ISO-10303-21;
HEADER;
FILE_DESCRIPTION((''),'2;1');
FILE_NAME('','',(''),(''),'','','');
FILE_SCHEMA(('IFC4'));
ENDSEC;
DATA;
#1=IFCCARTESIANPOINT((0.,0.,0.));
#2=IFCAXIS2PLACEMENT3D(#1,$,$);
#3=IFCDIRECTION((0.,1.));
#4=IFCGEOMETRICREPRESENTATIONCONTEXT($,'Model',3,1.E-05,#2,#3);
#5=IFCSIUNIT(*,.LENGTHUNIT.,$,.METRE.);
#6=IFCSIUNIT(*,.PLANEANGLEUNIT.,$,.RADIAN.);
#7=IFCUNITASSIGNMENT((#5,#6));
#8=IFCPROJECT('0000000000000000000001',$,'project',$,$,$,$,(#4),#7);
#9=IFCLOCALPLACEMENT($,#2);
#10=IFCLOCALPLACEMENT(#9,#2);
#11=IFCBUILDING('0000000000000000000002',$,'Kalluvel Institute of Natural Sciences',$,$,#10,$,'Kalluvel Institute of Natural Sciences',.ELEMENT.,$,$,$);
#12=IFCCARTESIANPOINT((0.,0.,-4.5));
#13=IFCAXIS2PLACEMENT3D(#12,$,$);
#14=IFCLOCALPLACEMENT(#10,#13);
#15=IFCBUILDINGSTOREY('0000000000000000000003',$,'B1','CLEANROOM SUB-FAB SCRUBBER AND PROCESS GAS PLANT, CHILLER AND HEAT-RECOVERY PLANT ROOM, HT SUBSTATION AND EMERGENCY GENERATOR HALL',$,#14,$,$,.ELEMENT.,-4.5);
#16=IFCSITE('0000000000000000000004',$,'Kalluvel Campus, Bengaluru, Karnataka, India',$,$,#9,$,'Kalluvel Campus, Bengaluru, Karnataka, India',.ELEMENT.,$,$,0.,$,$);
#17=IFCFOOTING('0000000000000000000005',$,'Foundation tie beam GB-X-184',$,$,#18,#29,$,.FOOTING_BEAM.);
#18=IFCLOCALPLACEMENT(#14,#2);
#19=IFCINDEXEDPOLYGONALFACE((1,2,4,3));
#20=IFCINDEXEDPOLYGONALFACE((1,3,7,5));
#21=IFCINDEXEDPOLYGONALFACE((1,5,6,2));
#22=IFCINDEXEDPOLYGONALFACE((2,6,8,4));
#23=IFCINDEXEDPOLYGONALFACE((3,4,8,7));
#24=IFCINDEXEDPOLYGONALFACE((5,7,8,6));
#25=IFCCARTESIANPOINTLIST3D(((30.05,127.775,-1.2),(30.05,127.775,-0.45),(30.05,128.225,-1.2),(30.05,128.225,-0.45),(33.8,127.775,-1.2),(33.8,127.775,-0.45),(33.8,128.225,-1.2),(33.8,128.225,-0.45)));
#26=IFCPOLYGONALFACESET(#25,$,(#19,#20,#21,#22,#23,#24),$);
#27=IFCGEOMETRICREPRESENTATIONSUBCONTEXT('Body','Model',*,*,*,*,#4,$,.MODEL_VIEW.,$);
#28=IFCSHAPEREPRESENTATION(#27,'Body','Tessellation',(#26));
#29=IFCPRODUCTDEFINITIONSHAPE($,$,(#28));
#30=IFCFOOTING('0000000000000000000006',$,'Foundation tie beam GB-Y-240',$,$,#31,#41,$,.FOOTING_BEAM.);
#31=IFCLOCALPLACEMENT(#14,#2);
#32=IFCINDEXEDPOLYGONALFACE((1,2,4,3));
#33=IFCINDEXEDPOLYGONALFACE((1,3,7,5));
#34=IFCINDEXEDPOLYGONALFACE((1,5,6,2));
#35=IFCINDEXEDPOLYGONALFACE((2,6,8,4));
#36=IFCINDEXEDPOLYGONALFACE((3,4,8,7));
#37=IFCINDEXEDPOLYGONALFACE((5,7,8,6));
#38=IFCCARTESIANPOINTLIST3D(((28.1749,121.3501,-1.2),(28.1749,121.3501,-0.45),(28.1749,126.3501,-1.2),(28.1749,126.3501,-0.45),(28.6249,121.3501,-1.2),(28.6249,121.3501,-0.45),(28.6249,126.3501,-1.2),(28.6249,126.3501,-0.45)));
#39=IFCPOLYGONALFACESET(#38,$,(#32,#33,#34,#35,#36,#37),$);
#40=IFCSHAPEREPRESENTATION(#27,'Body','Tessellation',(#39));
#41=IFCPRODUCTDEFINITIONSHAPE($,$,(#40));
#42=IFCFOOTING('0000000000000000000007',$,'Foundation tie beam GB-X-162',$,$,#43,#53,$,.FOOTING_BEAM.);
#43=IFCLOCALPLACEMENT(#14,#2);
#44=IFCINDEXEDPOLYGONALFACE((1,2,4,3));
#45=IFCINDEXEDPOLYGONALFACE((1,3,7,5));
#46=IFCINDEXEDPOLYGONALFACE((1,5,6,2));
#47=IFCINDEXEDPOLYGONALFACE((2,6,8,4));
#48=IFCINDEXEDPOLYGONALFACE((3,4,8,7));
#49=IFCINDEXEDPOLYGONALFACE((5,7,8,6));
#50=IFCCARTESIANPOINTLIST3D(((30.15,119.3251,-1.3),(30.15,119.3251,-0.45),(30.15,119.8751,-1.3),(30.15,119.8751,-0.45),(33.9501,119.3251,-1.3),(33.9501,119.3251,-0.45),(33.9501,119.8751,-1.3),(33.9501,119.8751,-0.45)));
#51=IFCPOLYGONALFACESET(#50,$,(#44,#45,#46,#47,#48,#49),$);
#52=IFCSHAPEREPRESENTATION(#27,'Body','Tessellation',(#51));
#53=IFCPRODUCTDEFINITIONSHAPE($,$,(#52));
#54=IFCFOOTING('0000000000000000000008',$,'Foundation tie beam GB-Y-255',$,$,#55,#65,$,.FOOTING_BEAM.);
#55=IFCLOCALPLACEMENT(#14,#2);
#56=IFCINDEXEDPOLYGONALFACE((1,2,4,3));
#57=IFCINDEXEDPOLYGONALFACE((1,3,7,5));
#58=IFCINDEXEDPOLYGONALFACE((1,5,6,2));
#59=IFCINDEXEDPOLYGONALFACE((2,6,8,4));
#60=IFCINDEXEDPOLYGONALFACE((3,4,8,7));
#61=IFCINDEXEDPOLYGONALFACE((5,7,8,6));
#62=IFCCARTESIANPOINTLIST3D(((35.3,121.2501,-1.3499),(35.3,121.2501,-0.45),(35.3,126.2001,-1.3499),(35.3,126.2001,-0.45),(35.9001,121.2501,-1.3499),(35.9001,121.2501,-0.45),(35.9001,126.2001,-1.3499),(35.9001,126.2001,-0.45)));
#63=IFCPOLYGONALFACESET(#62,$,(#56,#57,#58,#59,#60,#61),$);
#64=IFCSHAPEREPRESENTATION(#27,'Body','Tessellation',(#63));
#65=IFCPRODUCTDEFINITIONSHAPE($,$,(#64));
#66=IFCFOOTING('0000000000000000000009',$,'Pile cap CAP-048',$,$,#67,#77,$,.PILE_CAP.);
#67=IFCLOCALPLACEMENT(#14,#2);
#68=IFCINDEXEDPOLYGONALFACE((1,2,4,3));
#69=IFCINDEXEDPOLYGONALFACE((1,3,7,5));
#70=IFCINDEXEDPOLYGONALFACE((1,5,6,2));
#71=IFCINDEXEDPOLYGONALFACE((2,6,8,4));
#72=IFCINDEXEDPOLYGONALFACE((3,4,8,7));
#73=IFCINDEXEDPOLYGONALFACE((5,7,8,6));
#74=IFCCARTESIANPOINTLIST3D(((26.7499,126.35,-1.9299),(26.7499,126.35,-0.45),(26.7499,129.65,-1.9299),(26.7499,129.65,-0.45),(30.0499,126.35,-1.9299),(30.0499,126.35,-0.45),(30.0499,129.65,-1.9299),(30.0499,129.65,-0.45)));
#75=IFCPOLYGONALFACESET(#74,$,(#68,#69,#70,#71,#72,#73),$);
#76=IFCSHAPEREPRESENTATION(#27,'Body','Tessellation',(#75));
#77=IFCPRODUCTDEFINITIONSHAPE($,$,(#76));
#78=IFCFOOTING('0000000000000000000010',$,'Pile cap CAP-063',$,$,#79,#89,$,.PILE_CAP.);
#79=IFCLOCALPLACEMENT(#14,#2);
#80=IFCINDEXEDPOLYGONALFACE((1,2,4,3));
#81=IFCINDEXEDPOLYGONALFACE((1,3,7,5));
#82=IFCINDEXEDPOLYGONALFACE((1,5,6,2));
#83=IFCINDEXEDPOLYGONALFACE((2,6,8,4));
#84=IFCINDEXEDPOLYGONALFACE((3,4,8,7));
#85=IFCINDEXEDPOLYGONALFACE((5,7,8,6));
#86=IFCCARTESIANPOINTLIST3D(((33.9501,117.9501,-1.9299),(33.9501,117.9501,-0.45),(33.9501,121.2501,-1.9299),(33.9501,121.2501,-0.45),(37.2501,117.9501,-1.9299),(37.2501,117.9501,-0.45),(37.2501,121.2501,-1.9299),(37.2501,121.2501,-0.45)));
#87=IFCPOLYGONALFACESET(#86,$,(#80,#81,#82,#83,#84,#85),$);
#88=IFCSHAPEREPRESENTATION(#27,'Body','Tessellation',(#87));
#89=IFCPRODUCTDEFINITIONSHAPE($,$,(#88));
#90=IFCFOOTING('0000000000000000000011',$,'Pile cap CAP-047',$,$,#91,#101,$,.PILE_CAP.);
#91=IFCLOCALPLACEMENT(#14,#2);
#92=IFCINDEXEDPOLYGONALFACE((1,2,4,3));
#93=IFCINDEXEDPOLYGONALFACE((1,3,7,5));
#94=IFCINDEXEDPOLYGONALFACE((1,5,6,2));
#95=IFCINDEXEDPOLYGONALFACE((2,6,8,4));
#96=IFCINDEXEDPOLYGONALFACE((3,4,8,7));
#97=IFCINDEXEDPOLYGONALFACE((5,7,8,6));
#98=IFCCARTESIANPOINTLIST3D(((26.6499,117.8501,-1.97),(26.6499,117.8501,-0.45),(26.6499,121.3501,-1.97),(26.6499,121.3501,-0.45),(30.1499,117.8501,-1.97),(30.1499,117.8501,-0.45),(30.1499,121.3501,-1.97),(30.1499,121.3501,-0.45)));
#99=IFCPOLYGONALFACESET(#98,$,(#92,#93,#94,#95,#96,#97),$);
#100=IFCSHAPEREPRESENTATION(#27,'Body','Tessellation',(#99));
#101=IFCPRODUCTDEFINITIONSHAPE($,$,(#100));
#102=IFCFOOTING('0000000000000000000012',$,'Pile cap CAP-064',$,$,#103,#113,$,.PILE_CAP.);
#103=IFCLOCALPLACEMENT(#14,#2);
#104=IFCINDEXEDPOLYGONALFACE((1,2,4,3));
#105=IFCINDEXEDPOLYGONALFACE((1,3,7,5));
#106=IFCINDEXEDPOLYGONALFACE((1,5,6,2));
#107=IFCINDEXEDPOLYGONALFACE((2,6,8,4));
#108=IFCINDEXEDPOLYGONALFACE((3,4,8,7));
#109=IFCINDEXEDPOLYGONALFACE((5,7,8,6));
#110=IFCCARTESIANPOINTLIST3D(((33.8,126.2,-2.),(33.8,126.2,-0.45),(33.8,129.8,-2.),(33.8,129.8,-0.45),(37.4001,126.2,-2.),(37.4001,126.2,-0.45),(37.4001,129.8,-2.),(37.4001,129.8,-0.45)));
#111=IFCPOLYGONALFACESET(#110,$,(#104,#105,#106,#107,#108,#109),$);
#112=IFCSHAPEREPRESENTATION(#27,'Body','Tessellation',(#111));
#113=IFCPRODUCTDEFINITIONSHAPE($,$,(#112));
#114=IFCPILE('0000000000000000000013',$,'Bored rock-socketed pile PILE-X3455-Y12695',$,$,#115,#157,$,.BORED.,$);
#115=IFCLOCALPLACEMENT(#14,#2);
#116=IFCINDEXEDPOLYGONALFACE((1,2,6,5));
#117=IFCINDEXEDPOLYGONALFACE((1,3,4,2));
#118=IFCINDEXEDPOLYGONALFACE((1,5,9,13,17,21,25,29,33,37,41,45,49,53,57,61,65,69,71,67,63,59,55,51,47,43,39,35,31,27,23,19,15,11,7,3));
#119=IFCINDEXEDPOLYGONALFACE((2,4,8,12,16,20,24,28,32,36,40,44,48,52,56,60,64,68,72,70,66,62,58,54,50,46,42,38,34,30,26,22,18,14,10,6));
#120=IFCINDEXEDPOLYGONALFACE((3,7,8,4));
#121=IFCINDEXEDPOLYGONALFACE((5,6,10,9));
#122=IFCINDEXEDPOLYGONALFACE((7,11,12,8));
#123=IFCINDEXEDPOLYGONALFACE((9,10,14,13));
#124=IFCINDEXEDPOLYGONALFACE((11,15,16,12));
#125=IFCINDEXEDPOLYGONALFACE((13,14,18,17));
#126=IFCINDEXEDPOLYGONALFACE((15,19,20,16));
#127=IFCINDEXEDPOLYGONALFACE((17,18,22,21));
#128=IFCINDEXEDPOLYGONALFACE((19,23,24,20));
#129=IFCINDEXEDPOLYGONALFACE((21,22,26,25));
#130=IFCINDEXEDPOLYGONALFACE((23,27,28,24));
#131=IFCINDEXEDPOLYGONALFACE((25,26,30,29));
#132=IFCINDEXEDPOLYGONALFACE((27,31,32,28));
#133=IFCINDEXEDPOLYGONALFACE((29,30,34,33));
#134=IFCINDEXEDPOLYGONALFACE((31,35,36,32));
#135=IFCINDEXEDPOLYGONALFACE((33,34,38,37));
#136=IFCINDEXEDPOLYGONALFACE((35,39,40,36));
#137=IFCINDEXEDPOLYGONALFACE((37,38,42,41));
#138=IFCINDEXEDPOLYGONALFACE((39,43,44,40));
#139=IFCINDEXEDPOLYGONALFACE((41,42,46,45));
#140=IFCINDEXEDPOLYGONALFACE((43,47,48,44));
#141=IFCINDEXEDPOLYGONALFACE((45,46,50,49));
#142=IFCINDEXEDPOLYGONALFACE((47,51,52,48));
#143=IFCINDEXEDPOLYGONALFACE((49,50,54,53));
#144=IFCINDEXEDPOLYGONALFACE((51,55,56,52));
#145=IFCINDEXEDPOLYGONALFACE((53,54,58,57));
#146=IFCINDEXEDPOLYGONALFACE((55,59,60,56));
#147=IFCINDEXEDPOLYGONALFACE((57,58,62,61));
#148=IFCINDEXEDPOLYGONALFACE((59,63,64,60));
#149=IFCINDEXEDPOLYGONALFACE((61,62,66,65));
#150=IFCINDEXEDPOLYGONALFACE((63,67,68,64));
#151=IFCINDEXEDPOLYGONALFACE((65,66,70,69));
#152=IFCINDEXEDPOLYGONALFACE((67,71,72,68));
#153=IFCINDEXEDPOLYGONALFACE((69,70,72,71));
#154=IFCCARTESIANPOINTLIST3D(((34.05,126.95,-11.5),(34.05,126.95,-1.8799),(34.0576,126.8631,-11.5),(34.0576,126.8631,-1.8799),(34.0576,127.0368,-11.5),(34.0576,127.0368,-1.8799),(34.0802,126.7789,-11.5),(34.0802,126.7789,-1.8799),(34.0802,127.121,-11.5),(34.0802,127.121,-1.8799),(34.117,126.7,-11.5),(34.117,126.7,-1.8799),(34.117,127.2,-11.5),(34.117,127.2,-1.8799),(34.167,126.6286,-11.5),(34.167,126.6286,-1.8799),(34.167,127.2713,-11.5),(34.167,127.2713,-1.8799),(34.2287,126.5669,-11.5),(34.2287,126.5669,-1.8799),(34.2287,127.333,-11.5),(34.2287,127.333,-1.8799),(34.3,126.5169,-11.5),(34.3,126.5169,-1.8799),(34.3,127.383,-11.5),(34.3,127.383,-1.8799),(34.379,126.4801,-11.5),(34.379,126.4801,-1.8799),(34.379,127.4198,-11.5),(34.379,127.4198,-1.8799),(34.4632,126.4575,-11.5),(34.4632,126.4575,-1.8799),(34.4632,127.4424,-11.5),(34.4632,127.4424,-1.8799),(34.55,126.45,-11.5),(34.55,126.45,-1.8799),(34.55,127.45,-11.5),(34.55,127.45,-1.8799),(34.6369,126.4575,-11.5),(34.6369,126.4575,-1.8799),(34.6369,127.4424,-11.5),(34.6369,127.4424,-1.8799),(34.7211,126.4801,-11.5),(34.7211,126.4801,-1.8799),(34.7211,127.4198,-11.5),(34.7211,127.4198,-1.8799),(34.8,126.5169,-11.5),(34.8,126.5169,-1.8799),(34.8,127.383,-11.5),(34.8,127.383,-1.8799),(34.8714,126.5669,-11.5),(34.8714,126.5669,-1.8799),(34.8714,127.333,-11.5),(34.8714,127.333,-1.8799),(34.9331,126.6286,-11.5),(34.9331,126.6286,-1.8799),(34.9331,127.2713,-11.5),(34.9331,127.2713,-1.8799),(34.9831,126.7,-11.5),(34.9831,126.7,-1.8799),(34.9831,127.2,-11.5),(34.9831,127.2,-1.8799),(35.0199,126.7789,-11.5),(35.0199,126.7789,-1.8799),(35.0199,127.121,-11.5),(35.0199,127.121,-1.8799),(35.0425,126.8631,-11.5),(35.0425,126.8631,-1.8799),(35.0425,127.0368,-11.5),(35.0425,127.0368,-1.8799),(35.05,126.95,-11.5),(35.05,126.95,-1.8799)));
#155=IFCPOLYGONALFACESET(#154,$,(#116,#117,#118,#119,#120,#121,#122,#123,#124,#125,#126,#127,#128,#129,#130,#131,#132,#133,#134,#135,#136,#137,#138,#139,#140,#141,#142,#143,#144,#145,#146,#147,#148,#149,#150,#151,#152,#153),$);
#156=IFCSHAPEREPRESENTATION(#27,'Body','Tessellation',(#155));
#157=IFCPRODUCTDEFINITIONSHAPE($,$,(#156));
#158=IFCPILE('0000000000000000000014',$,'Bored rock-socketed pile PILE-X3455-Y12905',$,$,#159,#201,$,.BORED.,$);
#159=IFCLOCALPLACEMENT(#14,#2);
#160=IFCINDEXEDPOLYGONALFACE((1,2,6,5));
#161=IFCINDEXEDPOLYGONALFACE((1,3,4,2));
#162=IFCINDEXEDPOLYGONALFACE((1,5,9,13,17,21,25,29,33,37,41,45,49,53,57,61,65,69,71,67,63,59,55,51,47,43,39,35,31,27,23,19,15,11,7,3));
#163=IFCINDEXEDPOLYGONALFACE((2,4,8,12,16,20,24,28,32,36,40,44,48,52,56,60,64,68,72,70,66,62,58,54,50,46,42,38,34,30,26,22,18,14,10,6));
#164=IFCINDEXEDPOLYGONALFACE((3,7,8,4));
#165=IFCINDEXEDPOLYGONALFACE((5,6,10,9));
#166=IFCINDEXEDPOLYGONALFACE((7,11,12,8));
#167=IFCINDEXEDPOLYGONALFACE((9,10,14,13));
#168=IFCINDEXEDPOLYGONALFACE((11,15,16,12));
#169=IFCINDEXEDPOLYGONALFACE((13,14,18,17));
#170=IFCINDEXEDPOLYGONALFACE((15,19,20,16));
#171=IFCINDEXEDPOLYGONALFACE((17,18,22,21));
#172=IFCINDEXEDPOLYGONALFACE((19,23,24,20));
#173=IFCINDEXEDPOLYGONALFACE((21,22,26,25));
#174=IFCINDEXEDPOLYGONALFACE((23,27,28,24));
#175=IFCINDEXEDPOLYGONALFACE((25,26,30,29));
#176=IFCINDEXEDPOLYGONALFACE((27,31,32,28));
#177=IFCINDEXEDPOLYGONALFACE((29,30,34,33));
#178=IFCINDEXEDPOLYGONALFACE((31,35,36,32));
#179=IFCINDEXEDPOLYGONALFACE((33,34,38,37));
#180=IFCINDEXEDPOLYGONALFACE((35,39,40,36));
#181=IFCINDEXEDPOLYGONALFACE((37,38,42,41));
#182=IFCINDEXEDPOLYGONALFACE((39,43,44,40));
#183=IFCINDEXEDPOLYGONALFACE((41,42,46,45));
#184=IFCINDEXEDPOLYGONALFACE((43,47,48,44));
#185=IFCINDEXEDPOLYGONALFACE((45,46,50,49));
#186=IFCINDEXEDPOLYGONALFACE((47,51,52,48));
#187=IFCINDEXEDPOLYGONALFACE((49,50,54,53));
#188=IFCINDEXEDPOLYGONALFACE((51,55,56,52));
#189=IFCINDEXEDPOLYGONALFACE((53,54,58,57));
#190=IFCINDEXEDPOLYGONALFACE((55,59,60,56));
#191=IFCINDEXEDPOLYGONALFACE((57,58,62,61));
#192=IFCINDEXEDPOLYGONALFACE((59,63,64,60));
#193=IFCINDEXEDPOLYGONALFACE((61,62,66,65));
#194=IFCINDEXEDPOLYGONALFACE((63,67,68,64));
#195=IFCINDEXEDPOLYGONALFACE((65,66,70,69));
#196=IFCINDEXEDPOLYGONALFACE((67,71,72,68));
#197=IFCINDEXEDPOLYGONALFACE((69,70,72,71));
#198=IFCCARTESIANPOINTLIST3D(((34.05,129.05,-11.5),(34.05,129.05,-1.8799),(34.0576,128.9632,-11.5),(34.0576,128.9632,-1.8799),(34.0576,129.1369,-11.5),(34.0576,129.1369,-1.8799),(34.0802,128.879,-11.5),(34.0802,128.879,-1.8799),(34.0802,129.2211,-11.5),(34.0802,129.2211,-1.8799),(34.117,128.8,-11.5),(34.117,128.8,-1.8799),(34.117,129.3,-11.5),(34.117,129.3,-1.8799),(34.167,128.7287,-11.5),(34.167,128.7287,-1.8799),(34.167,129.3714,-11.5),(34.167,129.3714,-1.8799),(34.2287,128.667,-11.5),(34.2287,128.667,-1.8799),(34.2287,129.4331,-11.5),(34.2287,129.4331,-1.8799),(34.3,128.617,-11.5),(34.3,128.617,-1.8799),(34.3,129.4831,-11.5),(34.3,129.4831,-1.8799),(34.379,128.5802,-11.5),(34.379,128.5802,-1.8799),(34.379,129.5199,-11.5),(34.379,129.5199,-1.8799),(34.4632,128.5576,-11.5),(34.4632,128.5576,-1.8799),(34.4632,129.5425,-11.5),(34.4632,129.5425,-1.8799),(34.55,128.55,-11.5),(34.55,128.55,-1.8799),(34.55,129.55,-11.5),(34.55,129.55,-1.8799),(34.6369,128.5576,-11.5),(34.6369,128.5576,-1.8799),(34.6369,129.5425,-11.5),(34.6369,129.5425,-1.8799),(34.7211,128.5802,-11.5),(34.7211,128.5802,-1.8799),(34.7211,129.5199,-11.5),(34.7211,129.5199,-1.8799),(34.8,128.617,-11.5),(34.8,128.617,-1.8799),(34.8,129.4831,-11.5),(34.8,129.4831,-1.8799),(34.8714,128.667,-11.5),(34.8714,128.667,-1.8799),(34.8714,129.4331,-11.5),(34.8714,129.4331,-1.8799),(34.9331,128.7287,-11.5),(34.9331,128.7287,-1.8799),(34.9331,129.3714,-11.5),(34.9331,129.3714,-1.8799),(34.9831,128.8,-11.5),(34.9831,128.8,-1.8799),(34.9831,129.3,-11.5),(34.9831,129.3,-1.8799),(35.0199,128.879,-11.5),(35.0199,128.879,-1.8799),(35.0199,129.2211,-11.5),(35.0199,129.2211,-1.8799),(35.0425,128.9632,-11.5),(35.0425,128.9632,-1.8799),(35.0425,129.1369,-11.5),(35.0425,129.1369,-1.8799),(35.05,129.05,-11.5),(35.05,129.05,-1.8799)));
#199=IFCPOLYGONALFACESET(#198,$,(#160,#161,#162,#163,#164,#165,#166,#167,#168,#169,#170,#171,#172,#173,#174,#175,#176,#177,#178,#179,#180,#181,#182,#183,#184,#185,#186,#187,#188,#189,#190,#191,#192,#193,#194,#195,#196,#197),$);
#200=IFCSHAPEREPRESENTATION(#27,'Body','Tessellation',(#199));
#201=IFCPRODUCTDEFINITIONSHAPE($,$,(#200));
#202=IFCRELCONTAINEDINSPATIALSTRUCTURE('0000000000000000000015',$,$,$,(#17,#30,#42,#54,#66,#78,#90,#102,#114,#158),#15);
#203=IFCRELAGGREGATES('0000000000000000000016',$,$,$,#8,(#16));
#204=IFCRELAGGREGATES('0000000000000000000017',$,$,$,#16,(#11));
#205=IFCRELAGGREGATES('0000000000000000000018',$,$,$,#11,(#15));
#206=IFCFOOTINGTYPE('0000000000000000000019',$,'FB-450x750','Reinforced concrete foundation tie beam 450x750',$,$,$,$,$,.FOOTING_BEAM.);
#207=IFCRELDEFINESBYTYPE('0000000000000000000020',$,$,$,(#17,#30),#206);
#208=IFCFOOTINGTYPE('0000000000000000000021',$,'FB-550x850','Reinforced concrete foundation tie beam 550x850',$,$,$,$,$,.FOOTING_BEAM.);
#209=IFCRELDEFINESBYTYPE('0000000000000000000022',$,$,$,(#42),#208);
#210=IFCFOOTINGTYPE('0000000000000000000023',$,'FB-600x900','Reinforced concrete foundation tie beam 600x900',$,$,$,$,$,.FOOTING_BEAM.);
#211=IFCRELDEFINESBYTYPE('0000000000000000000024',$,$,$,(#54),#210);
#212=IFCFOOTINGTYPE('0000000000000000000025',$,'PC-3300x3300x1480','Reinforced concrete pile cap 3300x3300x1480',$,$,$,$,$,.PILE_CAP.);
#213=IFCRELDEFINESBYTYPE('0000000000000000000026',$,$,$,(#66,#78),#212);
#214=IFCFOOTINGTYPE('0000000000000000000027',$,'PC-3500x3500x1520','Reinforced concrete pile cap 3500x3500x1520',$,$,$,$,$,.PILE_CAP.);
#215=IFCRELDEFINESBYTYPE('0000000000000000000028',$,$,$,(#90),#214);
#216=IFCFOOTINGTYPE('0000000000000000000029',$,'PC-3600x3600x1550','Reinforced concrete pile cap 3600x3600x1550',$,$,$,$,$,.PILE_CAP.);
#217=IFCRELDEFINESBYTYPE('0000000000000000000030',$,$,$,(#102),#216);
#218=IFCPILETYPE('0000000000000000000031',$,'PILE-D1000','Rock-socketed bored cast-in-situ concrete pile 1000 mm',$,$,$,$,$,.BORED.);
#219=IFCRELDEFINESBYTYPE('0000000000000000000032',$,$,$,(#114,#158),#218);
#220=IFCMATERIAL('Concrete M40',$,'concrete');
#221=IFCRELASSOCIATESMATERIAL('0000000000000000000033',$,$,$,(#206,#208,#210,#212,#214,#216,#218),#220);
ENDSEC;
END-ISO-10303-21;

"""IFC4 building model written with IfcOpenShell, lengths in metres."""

from ifc_helpers import new_model, si_unit, direction, frame, origin, origin_2d, place, context, subcontext, project, spatial, rectangle, circle, extrude, material, material_profile, profile_set, type_object, element, save


model = new_model("IFC4")

# Units and contexts
model_context = context("Model", 3, precision=1e-05, world=origin(), true_north=direction((0.0, 1.0)))
body_context = subcontext(model_context, "Body", "Model", "MODEL_VIEW")
ifc_project = project(units=[si_unit("LENGTHUNIT", "METRE"), si_unit("PLANEANGLEUNIT", "RADIAN")], contexts=[model_context])

# Site, building, storey
site_placement = place(None, origin())
site = spatial("IfcSite", under=ifc_project, at=site_placement, Name="Kalluvel Campus, Bengaluru, Karnataka, India", LongName="Kalluvel Campus, Bengaluru, Karnataka, India", CompositionType="ELEMENT", RefElevation=0.0)
building_placement = place(site_placement, origin())
building = spatial("IfcBuilding", under=site, at=building_placement, Name="Kalluvel Institute of Natural Sciences", LongName="Kalluvel Institute of Natural Sciences", CompositionType="ELEMENT")
storey_placement = place(building_placement, frame((0.0, 0.0, -4.5)))
storey = spatial("IfcBuildingStorey", under=building, at=storey_placement, Name="B1", Description="CLEANROOM SUB-FAB SCRUBBER AND PROCESS GAS PLANT, CHILLER AND HEAT-RECOVERY PLANT ROOM, HT SUBSTATION AND EMERGENCY GENERATOR HALL", CompositionType="ELEMENT", Elevation=-4.5)

# Footings
ifc_material_1 = material(Name="Concrete M40", Category="concrete")
footing_type_1 = type_object("IfcFootingType", Name="FB-450x750", Description="Reinforced concrete foundation tie beam 450x750", PredefinedType="FOOTING_BEAM", material=ifc_material_1)
footing_1_placement = place(storey_placement, frame((31.925, 128.0, -1.2), z_axis=(0.0, 0.0, 1.0), x_axis=(1.0, 0.0, 0.0)))
element("IfcFooting", 1, at=footing_1_placement, inside=storey, type_object=footing_type_1, Name="Foundation tie beam GB-X-184", PredefinedType="FOOTING_BEAM", context=body_context, shape_type="SweptSolid", body=[
    extrude(rectangle(XDim=3.75, YDim=0.45, at=origin_2d()), origin(), (0.0, 0.0, 1.0), 0.75),
])
footing_2_placement = place(storey_placement, frame((28.3999, 123.8501, -1.2), z_axis=(0.0, 0.0, 1.0), x_axis=(1.0, 0.0, 0.0)))
element("IfcFooting", 2, at=footing_2_placement, inside=storey, type_object=footing_type_1, Name="Foundation tie beam GB-Y-240", PredefinedType="FOOTING_BEAM", context=body_context, shape_type="SweptSolid", body=[
    extrude(rectangle(XDim=0.45, YDim=5.0, at=origin_2d()), origin(), (0.0, 0.0, 1.0), 0.75),
])
footing_type_2 = type_object("IfcFootingType", Name="FB-550x850", Description="Reinforced concrete foundation tie beam 550x850", PredefinedType="FOOTING_BEAM", material=ifc_material_1)
footing_3_placement = place(storey_placement, frame((32.05, 119.6001, -1.3), z_axis=(0.0, 0.0, 1.0), x_axis=(1.0, 0.0, 0.0)))
element("IfcFooting", 3, at=footing_3_placement, inside=storey, type_object=footing_type_2, Name="Foundation tie beam GB-X-162", PredefinedType="FOOTING_BEAM", context=body_context, shape_type="SweptSolid", body=[
    extrude(rectangle(XDim=3.8, YDim=0.55, at=origin_2d()), origin(), (0.0, 0.0, 1.0), 0.8501),
])
footing_type_3 = type_object("IfcFootingType", Name="FB-600x900", Description="Reinforced concrete foundation tie beam 600x900", PredefinedType="FOOTING_BEAM", material=ifc_material_1)
footing_4_placement = place(storey_placement, frame((35.6001, 123.7251, -1.3499), z_axis=(0.0, 0.0, 1.0), x_axis=(1.0, 0.0, 0.0)))
element("IfcFooting", 4, at=footing_4_placement, inside=storey, type_object=footing_type_3, Name="Foundation tie beam GB-Y-255", PredefinedType="FOOTING_BEAM", context=body_context, shape_type="SweptSolid", body=[
    extrude(rectangle(XDim=0.6001, YDim=4.95, at=origin_2d()), origin(), (0.0, 0.0, 1.0), 0.8999),
])
footing_type_4 = type_object("IfcFootingType", Name="PC-3300x3300x1480", Description="Reinforced concrete pile cap 3300x3300x1480", PredefinedType="PILE_CAP", material=ifc_material_1)
for number, where, z_axis, x_axis, name in (
    (5, (28.3999, 128.0, -1.9299), (0.0, 0.0, 1.0), (1.0, 0.0, 0.0), "Pile cap CAP-048"),
    (6, (35.6001, 119.6001, -1.9299), (0.0, 0.0, 1.0), (1.0, 0.0, 0.0), "Pile cap CAP-063"),
):
    element("IfcFooting", number, at=place(storey_placement, frame(where, z_axis=z_axis, x_axis=x_axis)), inside=storey, type_object=footing_type_4, Name=name, PredefinedType="PILE_CAP", context=body_context, shape_type="SweptSolid", body=[
        extrude(rectangle(XDim=3.3, YDim=3.3, at=origin_2d()), origin(), (0.0, 0.0, 1.0), 1.48),
    ])
footing_type_5 = type_object("IfcFootingType", Name="PC-3500x3500x1520", Description="Reinforced concrete pile cap 3500x3500x1520", PredefinedType="PILE_CAP", material=ifc_material_1)
footing_5_placement = place(storey_placement, frame((28.3999, 119.6001, -1.97), z_axis=(0.0, 0.0, 1.0), x_axis=(1.0, 0.0, 0.0)))
element("IfcFooting", 7, at=footing_5_placement, inside=storey, type_object=footing_type_5, Name="Pile cap CAP-047", PredefinedType="PILE_CAP", context=body_context, shape_type="SweptSolid", body=[
    extrude(rectangle(XDim=3.5, YDim=3.5, at=origin_2d()), origin(), (0.0, 0.0, 1.0), 1.52),
])
footing_type_6 = type_object("IfcFootingType", Name="PC-3600x3600x1550", Description="Reinforced concrete pile cap 3600x3600x1550", PredefinedType="PILE_CAP", material=ifc_material_1)
footing_6_placement = place(storey_placement, frame((35.6001, 128.0, -2.0), z_axis=(0.0, 0.0, 1.0), x_axis=(1.0, 0.0, 0.0)))
element("IfcFooting", 8, at=footing_6_placement, inside=storey, type_object=footing_type_6, Name="Pile cap CAP-064", PredefinedType="PILE_CAP", context=body_context, shape_type="SweptSolid", body=[
    extrude(rectangle(XDim=3.6001, YDim=3.6001, at=origin_2d()), origin(), (0.0, 0.0, 1.0), 1.55),
])

# Piles
ifc_material_profile_1 = material_profile(ifc_material_1, circle(Radius=0.5, at=origin_2d()), Name="PILE D1000")
ifc_profile_set_1 = profile_set([ifc_material_profile_1], Name="Concrete M40")
pile_type_1 = type_object("IfcPileType", Name="PILE-D1000", Description="Rock-socketed bored cast-in-situ concrete pile 1000 mm", PredefinedType="BORED", material=ifc_profile_set_1)
for number, where, z_axis, x_axis, name in (
    (9, (34.55, 126.95, -1.8799), (0.0, 0.0, -1.0), (1.0, 0.0, 0.0), "Bored rock-socketed pile PILE-X3455-Y12695"),
    (10, (34.55, 129.05, -1.8799), (0.0, 0.0, -1.0), (1.0, 0.0, 0.0), "Bored rock-socketed pile PILE-X3455-Y12905"),
):
    element("IfcPile", number, at=place(storey_placement, frame(where, z_axis=z_axis, x_axis=x_axis)), inside=storey, type_object=pile_type_1, Name=name, PredefinedType="BORED", context=body_context, shape_type="SweptSolid", body=[
        extrude(circle(Radius=0.5, at=origin_2d()), origin(), (0.0, 0.0, 1.0), 9.6201),
    ])

save(model, "model.ifc")
